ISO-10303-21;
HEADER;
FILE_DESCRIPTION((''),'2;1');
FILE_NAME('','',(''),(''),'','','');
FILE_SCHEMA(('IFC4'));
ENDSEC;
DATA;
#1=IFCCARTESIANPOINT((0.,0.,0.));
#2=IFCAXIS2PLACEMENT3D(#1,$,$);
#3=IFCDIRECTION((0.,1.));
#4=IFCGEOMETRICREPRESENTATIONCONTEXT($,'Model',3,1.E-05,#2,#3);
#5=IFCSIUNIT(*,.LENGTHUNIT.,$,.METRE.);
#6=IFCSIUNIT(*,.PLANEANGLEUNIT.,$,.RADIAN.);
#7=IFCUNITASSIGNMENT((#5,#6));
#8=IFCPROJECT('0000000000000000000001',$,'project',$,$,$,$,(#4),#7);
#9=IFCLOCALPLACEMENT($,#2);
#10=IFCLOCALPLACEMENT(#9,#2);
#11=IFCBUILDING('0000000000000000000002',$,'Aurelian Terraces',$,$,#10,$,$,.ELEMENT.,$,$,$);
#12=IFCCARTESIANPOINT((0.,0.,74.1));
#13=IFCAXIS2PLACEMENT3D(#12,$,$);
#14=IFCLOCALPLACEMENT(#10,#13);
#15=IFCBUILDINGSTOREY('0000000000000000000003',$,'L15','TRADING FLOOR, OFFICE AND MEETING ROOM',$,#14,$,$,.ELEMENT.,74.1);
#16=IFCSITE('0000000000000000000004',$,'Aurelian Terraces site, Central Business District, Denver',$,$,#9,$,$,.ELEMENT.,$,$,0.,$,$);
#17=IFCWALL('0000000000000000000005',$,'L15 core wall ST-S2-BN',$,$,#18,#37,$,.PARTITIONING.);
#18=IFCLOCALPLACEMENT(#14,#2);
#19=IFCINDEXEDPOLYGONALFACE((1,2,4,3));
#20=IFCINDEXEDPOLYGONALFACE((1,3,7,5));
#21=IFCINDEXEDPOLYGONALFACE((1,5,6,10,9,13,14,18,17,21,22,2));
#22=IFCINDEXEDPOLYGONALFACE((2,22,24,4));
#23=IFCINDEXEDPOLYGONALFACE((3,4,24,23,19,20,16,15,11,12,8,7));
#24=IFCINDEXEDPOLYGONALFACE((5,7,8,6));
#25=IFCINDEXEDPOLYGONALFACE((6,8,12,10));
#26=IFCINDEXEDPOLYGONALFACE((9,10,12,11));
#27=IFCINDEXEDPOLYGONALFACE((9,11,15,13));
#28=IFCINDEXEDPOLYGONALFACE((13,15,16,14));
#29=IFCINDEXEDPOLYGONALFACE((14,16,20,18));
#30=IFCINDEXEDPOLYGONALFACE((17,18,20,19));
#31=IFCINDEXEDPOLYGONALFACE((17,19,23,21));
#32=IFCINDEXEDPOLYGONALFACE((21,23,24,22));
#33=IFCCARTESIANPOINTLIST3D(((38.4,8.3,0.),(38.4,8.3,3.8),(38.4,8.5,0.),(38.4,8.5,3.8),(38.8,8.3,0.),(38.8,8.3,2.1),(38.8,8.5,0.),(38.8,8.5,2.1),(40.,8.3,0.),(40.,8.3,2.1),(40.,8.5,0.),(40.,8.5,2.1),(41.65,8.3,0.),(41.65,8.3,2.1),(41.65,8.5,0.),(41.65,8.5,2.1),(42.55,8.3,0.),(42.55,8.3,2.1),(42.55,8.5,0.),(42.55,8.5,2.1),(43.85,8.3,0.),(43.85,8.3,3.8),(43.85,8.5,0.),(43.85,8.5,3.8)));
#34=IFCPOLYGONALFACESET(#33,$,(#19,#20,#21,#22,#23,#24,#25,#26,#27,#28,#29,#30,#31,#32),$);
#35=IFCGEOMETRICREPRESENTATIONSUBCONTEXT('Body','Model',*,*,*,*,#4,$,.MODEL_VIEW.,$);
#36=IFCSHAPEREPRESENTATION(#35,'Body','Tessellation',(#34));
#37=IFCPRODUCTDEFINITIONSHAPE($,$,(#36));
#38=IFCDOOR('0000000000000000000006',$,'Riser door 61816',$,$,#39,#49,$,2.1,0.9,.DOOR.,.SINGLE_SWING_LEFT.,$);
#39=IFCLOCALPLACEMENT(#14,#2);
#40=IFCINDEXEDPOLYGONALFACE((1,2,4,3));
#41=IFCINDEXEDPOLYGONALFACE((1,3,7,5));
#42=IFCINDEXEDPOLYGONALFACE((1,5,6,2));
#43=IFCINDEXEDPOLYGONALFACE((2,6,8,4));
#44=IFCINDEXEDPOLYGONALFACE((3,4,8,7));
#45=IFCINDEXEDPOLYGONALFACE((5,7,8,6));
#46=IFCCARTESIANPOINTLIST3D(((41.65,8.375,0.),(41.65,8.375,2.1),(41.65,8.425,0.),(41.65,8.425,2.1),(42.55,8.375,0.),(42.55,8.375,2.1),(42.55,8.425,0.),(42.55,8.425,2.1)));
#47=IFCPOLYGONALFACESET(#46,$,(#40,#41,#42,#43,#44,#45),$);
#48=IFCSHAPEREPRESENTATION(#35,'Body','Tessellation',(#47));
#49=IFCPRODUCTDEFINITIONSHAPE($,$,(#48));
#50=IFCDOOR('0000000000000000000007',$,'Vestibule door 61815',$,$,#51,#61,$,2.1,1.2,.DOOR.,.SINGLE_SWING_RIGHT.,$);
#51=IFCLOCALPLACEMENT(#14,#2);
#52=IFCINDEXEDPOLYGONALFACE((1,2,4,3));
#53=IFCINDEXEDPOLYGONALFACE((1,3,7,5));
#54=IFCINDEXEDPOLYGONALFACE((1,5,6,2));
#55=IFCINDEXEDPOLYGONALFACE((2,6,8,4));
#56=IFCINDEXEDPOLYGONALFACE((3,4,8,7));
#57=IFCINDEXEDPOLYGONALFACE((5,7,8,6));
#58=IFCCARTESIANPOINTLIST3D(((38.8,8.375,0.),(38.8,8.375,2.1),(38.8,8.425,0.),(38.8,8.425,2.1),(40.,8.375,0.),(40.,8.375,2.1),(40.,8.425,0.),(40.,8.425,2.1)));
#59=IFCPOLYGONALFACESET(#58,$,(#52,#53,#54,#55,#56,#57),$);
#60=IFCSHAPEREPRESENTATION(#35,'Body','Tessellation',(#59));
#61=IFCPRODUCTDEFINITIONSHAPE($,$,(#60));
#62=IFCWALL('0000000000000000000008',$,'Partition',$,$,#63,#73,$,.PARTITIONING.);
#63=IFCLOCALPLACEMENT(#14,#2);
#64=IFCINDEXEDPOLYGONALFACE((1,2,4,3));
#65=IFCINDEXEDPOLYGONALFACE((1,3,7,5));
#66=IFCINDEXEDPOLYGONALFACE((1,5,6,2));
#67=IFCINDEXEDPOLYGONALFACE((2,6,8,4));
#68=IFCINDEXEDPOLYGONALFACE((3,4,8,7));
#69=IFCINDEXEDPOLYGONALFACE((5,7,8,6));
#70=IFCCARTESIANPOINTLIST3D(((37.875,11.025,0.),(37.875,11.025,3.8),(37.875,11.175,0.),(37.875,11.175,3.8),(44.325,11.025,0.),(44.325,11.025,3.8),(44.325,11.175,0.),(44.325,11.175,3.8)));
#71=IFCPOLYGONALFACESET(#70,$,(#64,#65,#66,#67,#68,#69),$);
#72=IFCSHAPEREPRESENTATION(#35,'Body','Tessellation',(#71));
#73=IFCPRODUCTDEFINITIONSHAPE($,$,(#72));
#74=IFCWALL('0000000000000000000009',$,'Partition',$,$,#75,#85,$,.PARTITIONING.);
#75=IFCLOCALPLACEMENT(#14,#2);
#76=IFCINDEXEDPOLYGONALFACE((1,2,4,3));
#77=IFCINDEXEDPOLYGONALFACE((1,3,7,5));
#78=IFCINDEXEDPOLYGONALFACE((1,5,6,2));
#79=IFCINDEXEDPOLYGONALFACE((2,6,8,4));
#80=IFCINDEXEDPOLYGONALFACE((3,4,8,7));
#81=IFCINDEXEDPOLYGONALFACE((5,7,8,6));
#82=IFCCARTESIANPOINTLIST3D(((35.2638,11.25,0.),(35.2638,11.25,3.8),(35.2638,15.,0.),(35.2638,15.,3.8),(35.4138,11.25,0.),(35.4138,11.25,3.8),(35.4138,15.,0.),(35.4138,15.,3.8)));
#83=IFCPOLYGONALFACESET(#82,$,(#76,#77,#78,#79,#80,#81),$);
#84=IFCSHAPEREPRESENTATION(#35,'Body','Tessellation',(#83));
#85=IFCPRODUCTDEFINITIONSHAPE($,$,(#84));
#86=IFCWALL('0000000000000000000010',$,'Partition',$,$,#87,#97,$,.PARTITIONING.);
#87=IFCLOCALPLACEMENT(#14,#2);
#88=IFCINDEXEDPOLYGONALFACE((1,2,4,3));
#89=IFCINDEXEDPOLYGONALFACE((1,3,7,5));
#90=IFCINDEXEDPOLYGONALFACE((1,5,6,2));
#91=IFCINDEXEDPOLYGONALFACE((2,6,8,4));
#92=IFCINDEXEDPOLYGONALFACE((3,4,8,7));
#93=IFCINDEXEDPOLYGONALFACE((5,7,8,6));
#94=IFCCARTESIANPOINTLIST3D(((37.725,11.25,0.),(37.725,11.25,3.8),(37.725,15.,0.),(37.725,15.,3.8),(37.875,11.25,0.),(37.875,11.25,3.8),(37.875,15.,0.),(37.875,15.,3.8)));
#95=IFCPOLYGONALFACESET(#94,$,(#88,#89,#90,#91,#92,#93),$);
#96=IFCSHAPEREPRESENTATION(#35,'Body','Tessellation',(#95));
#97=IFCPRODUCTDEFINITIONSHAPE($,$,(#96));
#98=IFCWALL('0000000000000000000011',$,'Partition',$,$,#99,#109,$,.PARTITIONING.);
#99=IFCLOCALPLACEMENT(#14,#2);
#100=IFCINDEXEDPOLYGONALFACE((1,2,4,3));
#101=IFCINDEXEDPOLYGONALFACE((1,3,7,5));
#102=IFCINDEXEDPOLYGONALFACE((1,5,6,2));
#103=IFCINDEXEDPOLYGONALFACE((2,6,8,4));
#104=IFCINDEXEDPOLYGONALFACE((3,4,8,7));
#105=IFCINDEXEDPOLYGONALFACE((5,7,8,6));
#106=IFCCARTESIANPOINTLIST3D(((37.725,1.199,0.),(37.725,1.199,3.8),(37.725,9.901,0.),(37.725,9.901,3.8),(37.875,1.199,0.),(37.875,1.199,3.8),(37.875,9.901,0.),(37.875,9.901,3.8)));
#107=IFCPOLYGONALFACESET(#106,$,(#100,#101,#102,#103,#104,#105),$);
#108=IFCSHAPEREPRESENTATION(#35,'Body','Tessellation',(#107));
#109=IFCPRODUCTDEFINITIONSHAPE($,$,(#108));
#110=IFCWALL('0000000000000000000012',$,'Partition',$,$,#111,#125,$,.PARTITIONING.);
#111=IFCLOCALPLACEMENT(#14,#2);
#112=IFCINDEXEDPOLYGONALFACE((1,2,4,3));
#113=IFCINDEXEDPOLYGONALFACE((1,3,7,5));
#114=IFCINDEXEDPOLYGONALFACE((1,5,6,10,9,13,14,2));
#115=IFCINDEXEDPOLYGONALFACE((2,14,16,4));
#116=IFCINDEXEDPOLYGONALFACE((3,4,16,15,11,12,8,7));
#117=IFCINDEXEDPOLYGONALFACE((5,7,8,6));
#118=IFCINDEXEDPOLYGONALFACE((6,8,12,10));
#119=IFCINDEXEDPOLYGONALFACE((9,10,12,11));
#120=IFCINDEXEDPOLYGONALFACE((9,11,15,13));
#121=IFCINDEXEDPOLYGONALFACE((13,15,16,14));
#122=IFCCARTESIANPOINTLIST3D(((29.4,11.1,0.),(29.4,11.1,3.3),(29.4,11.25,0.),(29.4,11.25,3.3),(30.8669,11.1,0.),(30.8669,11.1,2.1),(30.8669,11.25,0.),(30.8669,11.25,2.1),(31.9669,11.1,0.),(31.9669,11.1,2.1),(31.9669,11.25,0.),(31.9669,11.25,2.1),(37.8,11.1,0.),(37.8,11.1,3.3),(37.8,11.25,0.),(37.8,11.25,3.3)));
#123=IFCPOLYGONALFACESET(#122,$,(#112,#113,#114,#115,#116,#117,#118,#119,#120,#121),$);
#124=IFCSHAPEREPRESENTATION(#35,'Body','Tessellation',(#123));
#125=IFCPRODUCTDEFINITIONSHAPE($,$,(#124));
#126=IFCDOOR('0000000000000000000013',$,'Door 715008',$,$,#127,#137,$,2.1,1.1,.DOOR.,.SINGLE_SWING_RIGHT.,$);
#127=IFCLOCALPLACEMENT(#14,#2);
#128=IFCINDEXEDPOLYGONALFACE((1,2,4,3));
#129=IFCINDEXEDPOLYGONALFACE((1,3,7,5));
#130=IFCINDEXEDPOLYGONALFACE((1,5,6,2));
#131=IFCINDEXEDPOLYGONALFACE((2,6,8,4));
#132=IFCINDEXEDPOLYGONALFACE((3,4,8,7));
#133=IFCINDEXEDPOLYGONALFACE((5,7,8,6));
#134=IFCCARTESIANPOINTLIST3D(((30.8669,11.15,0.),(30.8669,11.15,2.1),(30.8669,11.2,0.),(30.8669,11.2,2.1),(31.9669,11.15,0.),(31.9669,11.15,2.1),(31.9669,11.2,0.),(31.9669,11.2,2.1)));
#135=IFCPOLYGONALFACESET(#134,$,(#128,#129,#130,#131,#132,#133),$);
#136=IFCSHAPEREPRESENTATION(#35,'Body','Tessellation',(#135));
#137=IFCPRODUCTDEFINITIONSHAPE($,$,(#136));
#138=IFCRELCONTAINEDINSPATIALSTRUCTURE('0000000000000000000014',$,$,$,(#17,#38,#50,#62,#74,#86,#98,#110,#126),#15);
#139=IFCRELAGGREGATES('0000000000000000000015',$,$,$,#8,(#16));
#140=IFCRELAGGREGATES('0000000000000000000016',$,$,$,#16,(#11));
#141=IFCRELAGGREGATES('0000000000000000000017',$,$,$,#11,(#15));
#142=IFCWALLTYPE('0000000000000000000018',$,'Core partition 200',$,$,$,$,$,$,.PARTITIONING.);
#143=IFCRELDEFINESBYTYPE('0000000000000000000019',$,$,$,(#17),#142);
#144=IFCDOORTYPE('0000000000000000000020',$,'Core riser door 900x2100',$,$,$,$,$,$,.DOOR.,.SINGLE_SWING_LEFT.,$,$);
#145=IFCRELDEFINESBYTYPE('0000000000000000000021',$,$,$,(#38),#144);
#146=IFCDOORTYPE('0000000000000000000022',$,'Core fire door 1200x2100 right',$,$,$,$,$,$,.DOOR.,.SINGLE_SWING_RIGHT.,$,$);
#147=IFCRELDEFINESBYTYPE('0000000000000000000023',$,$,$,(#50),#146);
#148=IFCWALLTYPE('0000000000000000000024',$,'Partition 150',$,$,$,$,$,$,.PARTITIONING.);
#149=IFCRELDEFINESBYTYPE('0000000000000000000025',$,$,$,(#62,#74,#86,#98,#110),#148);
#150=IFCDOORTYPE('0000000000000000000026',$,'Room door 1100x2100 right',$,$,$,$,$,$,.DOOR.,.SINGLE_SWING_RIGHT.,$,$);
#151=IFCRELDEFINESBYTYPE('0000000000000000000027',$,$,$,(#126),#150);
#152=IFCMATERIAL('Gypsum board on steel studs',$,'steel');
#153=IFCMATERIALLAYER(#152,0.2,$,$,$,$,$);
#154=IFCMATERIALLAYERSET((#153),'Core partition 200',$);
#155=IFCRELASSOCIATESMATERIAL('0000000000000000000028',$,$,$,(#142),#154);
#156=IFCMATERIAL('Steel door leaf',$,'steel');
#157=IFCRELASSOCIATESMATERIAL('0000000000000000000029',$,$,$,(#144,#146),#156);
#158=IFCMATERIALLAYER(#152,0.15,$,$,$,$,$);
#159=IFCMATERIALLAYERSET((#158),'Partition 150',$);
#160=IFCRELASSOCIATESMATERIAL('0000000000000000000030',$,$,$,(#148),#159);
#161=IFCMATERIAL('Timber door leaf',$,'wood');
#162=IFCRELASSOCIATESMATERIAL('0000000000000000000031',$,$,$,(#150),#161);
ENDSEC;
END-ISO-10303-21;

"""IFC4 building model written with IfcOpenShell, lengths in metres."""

from ifc_helpers import new_model, si_unit, direction, frame, frame_2d, origin, place, context, subcontext, project, spatial, rectangle, extrude, source, transform, mapped, material, layer, layer_set, type_object, element, fill, save


model = new_model("IFC4")

# Units and contexts
model_context = context("Model", 3, precision=1e-05, world=origin(), true_north=direction((0.0, 1.0)))
body_context = subcontext(model_context, "Body", "Model", "MODEL_VIEW")
ifc_project = project(units=[si_unit("LENGTHUNIT", "METRE"), si_unit("PLANEANGLEUNIT", "RADIAN")], contexts=[model_context])

# Site, building, storey
site_placement = place(None, origin())
site = spatial("IfcSite", under=ifc_project, at=site_placement, Name="Aurelian Terraces site, Central Business District, Denver", CompositionType="ELEMENT", RefElevation=0.0)
building_placement = place(site_placement, origin())
building = spatial("IfcBuilding", under=site, at=building_placement, Name="Aurelian Terraces", CompositionType="ELEMENT")
storey_placement = place(building_placement, frame((0.0, 0.0, 74.1)))
storey = spatial("IfcBuildingStorey", under=building, at=storey_placement, Name="L15", Description="TRADING FLOOR, OFFICE AND MEETING ROOM", CompositionType="ELEMENT", Elevation=74.1)

# Shared definitions
ifc_material_1 = material(Name="Steel door leaf", Category="steel")
shared_shape_1 = source(origin(), body_context, "Body", "SweptSolid", [
    extrude(rectangle(XDim=1.1, YDim=2.1, at=frame_2d((0.55, 1.05))), frame((0.0, 0.025, 0.0), z_axis=(0.0, -1.0, 0.0), x_axis=(1.0, 0.0, 0.0)), (0.0, 0.0, 1.0), 0.05),
])

# Shared definitions
ifc_material_2 = material(Name="Gypsum board on steel studs", Category="steel")
ifc_layer_1 = layer(ifc_material_2, 0.2)
ifc_layer_set_1 = layer_set([ifc_layer_1], Name="Core partition 200")
wall_type_1 = type_object("IfcWallType", Name="Core partition 200", PredefinedType="PARTITIONING", material=ifc_layer_set_1)

# Wall, openings, doors
shared_shape_2 = source(origin(), body_context, "Body", "SweptSolid", [
    extrude(rectangle(XDim=5.45, YDim=0.2, at=frame_2d((2.725, 0.0))), origin(), (0.0, 0.0, 1.0), 3.8),
])
wall_1_placement = place(storey_placement, frame((38.4, 8.4, 0.0), z_axis=(0.0, 0.0, 1.0), x_axis=(1.0, 0.0, 0.0)))
wall_1 = element("IfcWall", 1, at=wall_1_placement, inside=storey, type_object=wall_type_1, Name="L15 core wall ST-S2-BN", PredefinedType="PARTITIONING", context=body_context, shape_type="MappedRepresentation", body=[
    mapped(shared_shape_2, transform((0.0, 0.0, 0.0), scale=1.0)),
])
shared_shape_3 = source(origin(), body_context, "Body", "SweptSolid", [
    extrude(rectangle(XDim=1.2, YDim=2.1, at=frame_2d((0.6, 1.05))), frame((0.0, 0.11, 0.0), z_axis=(0.0, -1.0, 0.0), x_axis=(1.0, 0.0, 0.0)), (0.0, 0.0, 1.0), 0.22),
])
opening_1_placement = place(wall_1_placement, frame((0.4, 0.0, 0.0)))
opening_1 = element("IfcOpeningElement", 2, at=opening_1_placement, cuts=wall_1, PredefinedType="OPENING", context=body_context, shape_type="MappedRepresentation", body=[
    mapped(shared_shape_3, transform((0.0, 0.0, 0.0), scale=1.0)),
])
shared_shape_4 = source(origin(), body_context, "Body", "SweptSolid", [
    extrude(rectangle(XDim=0.9, YDim=2.1, at=frame_2d((0.45, 1.05))), frame((0.0, 0.11, 0.0), z_axis=(0.0, -1.0, 0.0), x_axis=(1.0, 0.0, 0.0)), (0.0, 0.0, 1.0), 0.22),
])
opening_2_placement = place(wall_1_placement, frame((3.25, 0.0, 0.0)))
opening_2 = element("IfcOpeningElement", 3, at=opening_2_placement, cuts=wall_1, PredefinedType="OPENING", context=body_context, shape_type="MappedRepresentation", body=[
    mapped(shared_shape_4, transform((0.0, 0.0, 0.0), scale=1.0)),
])
door_type_1 = type_object("IfcDoorType", Name="Core riser door 900x2100", OperationType="SINGLE_SWING_LEFT", PredefinedType="DOOR", material=ifc_material_1)
shared_shape_5 = source(origin(), body_context, "Body", "SweptSolid", [
    extrude(rectangle(XDim=0.9, YDim=2.1, at=frame_2d((0.45, 1.05))), frame((0.0, 0.025, 0.0), z_axis=(0.0, -1.0, 0.0), x_axis=(1.0, 0.0, 0.0)), (0.0, 0.0, 1.0), 0.05),
])
door_1_placement = place(opening_2_placement, origin())
door_1 = element("IfcDoor", 4, at=door_1_placement, inside=storey, type_object=door_type_1, Name="Riser door 61816", OperationType="SINGLE_SWING_LEFT", OverallHeight=2.1, OverallWidth=0.9, PredefinedType="DOOR", context=body_context, shape_type="MappedRepresentation", body=[
    mapped(shared_shape_5, transform((0.0, 0.0, 0.0), scale=1.0)),
])
fill(opening_2, door_1)
door_type_2 = type_object("IfcDoorType", Name="Core fire door 1200x2100 right", OperationType="SINGLE_SWING_RIGHT", PredefinedType="DOOR", material=ifc_material_1)
shared_shape_6 = source(origin(), body_context, "Body", "SweptSolid", [
    extrude(rectangle(XDim=1.2, YDim=2.1, at=frame_2d((0.6, 1.05))), frame((0.0, 0.025, 0.0), z_axis=(0.0, -1.0, 0.0), x_axis=(1.0, 0.0, 0.0)), (0.0, 0.0, 1.0), 0.05),
])
door_2_placement = place(opening_1_placement, origin())
door_2 = element("IfcDoor", 5, at=door_2_placement, inside=storey, type_object=door_type_2, Name="Vestibule door 61815", OperationType="SINGLE_SWING_RIGHT", OverallHeight=2.1, OverallWidth=1.2, PredefinedType="DOOR", context=body_context, shape_type="MappedRepresentation", body=[
    mapped(shared_shape_6, transform((0.0, 0.0, 0.0), scale=1.0)),
])
fill(opening_1, door_2)

# Walls
ifc_layer_2 = layer(ifc_material_2, 0.15)
ifc_layer_set_2 = layer_set([ifc_layer_2], Name="Partition 150")
wall_type_2 = type_object("IfcWallType", Name="Partition 150", PredefinedType="PARTITIONING", material=ifc_layer_set_2)
shared_shape_7 = source(origin(), body_context, "Body", "SweptSolid", [
    extrude(rectangle(XDim=6.45, YDim=0.15, at=frame_2d((3.225, 0.0))), origin(), (0.0, 0.0, 1.0), 3.8),
])
wall_2_placement = place(storey_placement, frame((37.875, 11.1, 0.0), z_axis=(0.0, 0.0, 1.0), x_axis=(1.0, 0.0, 0.0)))
element("IfcWall", 6, at=wall_2_placement, inside=storey, type_object=wall_type_2, Name="Partition", PredefinedType="PARTITIONING", context=body_context, shape_type="MappedRepresentation", body=[
    mapped(shared_shape_7, transform((0.0, 0.0, 0.0), scale=1.0)),
])
shared_shape_8 = source(origin(), body_context, "Body", "SweptSolid", [
    extrude(rectangle(XDim=3.75, YDim=0.15, at=frame_2d((1.875, 0.0))), origin(), (0.0, 0.0, 1.0), 3.8),
])
for number, where, z_axis, x_axis, name in (
    (7, (35.3388, 11.25, 0.0), (0.0, 0.0, 1.0), (0.0, 1.0, 0.0), "Partition"),
    (8, (37.8, 11.25, 0.0), (0.0, 0.0, 1.0), (0.0, 1.0, 0.0), "Partition"),
):
    element("IfcWall", number, at=place(storey_placement, frame(where, z_axis=z_axis, x_axis=x_axis)), inside=storey, type_object=wall_type_2, Name=name, PredefinedType="PARTITIONING", context=body_context, shape_type="MappedRepresentation", body=[
        mapped(shared_shape_8, transform((0.0, 0.0, 0.0), scale=1.0)),
    ])
shared_shape_9 = source(origin(), body_context, "Body", "SweptSolid", [
    extrude(rectangle(XDim=8.702, YDim=0.15, at=frame_2d((4.351, 0.0))), origin(), (0.0, 0.0, 1.0), 3.8),
])
wall_3_placement = place(storey_placement, frame((37.8, 1.199, 0.0), z_axis=(0.0, 0.0, 1.0), x_axis=(0.0, 1.0, 0.0)))
element("IfcWall", 9, at=wall_3_placement, inside=storey, type_object=wall_type_2, Name="Partition", PredefinedType="PARTITIONING", context=body_context, shape_type="MappedRepresentation", body=[
    mapped(shared_shape_9, transform((0.0, 0.0, 0.0), scale=1.0)),
])

# Wall, opening, door
shared_shape_10 = source(origin(), body_context, "Body", "SweptSolid", [
    extrude(rectangle(XDim=8.4, YDim=0.15, at=frame_2d((4.2, 0.0))), origin(), (0.0, 0.0, 1.0), 3.3),
])
wall_4_placement = place(storey_placement, frame((37.8, 11.175, 0.0), z_axis=(0.0, 0.0, 1.0), x_axis=(-1.0, 0.0, 0.0)))
wall_4 = element("IfcWall", 10, at=wall_4_placement, inside=storey, type_object=wall_type_2, Name="Partition", PredefinedType="PARTITIONING", context=body_context, shape_type="MappedRepresentation", body=[
    mapped(shared_shape_10, transform((0.0, 0.0, 0.0), scale=1.0)),
])
shared_shape_11 = source(origin(), body_context, "Body", "SweptSolid", [
    extrude(rectangle(XDim=1.1, YDim=2.1, at=frame_2d((0.55, 1.05))), frame((0.0, 0.085, 0.0), z_axis=(0.0, -1.0, 0.0), x_axis=(1.0, 0.0, 0.0)), (0.0, 0.0, 1.0), 0.17),
])
opening_3_placement = place(wall_4_placement, frame((5.8331, 0.0, 0.0)))
opening_3 = element("IfcOpeningElement", 11, at=opening_3_placement, cuts=wall_4, PredefinedType="OPENING", context=body_context, shape_type="MappedRepresentation", body=[
    mapped(shared_shape_11, transform((0.0, 0.0, 0.0), scale=1.0)),
])
ifc_material_3 = material(Name="Timber door leaf", Category="wood")
door_type_3 = type_object("IfcDoorType", Name="Room door 1100x2100 right", OperationType="SINGLE_SWING_RIGHT", PredefinedType="DOOR", material=ifc_material_3)
door_3_placement = place(opening_3_placement, origin())
door_3 = element("IfcDoor", 12, at=door_3_placement, inside=storey, type_object=door_type_3, Name="Door 715008", OperationType="SINGLE_SWING_RIGHT", OverallHeight=2.1, OverallWidth=1.1, PredefinedType="DOOR", context=body_context, shape_type="MappedRepresentation", body=[
    mapped(shared_shape_1, transform((0.0, 0.0, 0.0), scale=1.0)),
])
fill(opening_3, door_3)

save(model, "model.ifc")
